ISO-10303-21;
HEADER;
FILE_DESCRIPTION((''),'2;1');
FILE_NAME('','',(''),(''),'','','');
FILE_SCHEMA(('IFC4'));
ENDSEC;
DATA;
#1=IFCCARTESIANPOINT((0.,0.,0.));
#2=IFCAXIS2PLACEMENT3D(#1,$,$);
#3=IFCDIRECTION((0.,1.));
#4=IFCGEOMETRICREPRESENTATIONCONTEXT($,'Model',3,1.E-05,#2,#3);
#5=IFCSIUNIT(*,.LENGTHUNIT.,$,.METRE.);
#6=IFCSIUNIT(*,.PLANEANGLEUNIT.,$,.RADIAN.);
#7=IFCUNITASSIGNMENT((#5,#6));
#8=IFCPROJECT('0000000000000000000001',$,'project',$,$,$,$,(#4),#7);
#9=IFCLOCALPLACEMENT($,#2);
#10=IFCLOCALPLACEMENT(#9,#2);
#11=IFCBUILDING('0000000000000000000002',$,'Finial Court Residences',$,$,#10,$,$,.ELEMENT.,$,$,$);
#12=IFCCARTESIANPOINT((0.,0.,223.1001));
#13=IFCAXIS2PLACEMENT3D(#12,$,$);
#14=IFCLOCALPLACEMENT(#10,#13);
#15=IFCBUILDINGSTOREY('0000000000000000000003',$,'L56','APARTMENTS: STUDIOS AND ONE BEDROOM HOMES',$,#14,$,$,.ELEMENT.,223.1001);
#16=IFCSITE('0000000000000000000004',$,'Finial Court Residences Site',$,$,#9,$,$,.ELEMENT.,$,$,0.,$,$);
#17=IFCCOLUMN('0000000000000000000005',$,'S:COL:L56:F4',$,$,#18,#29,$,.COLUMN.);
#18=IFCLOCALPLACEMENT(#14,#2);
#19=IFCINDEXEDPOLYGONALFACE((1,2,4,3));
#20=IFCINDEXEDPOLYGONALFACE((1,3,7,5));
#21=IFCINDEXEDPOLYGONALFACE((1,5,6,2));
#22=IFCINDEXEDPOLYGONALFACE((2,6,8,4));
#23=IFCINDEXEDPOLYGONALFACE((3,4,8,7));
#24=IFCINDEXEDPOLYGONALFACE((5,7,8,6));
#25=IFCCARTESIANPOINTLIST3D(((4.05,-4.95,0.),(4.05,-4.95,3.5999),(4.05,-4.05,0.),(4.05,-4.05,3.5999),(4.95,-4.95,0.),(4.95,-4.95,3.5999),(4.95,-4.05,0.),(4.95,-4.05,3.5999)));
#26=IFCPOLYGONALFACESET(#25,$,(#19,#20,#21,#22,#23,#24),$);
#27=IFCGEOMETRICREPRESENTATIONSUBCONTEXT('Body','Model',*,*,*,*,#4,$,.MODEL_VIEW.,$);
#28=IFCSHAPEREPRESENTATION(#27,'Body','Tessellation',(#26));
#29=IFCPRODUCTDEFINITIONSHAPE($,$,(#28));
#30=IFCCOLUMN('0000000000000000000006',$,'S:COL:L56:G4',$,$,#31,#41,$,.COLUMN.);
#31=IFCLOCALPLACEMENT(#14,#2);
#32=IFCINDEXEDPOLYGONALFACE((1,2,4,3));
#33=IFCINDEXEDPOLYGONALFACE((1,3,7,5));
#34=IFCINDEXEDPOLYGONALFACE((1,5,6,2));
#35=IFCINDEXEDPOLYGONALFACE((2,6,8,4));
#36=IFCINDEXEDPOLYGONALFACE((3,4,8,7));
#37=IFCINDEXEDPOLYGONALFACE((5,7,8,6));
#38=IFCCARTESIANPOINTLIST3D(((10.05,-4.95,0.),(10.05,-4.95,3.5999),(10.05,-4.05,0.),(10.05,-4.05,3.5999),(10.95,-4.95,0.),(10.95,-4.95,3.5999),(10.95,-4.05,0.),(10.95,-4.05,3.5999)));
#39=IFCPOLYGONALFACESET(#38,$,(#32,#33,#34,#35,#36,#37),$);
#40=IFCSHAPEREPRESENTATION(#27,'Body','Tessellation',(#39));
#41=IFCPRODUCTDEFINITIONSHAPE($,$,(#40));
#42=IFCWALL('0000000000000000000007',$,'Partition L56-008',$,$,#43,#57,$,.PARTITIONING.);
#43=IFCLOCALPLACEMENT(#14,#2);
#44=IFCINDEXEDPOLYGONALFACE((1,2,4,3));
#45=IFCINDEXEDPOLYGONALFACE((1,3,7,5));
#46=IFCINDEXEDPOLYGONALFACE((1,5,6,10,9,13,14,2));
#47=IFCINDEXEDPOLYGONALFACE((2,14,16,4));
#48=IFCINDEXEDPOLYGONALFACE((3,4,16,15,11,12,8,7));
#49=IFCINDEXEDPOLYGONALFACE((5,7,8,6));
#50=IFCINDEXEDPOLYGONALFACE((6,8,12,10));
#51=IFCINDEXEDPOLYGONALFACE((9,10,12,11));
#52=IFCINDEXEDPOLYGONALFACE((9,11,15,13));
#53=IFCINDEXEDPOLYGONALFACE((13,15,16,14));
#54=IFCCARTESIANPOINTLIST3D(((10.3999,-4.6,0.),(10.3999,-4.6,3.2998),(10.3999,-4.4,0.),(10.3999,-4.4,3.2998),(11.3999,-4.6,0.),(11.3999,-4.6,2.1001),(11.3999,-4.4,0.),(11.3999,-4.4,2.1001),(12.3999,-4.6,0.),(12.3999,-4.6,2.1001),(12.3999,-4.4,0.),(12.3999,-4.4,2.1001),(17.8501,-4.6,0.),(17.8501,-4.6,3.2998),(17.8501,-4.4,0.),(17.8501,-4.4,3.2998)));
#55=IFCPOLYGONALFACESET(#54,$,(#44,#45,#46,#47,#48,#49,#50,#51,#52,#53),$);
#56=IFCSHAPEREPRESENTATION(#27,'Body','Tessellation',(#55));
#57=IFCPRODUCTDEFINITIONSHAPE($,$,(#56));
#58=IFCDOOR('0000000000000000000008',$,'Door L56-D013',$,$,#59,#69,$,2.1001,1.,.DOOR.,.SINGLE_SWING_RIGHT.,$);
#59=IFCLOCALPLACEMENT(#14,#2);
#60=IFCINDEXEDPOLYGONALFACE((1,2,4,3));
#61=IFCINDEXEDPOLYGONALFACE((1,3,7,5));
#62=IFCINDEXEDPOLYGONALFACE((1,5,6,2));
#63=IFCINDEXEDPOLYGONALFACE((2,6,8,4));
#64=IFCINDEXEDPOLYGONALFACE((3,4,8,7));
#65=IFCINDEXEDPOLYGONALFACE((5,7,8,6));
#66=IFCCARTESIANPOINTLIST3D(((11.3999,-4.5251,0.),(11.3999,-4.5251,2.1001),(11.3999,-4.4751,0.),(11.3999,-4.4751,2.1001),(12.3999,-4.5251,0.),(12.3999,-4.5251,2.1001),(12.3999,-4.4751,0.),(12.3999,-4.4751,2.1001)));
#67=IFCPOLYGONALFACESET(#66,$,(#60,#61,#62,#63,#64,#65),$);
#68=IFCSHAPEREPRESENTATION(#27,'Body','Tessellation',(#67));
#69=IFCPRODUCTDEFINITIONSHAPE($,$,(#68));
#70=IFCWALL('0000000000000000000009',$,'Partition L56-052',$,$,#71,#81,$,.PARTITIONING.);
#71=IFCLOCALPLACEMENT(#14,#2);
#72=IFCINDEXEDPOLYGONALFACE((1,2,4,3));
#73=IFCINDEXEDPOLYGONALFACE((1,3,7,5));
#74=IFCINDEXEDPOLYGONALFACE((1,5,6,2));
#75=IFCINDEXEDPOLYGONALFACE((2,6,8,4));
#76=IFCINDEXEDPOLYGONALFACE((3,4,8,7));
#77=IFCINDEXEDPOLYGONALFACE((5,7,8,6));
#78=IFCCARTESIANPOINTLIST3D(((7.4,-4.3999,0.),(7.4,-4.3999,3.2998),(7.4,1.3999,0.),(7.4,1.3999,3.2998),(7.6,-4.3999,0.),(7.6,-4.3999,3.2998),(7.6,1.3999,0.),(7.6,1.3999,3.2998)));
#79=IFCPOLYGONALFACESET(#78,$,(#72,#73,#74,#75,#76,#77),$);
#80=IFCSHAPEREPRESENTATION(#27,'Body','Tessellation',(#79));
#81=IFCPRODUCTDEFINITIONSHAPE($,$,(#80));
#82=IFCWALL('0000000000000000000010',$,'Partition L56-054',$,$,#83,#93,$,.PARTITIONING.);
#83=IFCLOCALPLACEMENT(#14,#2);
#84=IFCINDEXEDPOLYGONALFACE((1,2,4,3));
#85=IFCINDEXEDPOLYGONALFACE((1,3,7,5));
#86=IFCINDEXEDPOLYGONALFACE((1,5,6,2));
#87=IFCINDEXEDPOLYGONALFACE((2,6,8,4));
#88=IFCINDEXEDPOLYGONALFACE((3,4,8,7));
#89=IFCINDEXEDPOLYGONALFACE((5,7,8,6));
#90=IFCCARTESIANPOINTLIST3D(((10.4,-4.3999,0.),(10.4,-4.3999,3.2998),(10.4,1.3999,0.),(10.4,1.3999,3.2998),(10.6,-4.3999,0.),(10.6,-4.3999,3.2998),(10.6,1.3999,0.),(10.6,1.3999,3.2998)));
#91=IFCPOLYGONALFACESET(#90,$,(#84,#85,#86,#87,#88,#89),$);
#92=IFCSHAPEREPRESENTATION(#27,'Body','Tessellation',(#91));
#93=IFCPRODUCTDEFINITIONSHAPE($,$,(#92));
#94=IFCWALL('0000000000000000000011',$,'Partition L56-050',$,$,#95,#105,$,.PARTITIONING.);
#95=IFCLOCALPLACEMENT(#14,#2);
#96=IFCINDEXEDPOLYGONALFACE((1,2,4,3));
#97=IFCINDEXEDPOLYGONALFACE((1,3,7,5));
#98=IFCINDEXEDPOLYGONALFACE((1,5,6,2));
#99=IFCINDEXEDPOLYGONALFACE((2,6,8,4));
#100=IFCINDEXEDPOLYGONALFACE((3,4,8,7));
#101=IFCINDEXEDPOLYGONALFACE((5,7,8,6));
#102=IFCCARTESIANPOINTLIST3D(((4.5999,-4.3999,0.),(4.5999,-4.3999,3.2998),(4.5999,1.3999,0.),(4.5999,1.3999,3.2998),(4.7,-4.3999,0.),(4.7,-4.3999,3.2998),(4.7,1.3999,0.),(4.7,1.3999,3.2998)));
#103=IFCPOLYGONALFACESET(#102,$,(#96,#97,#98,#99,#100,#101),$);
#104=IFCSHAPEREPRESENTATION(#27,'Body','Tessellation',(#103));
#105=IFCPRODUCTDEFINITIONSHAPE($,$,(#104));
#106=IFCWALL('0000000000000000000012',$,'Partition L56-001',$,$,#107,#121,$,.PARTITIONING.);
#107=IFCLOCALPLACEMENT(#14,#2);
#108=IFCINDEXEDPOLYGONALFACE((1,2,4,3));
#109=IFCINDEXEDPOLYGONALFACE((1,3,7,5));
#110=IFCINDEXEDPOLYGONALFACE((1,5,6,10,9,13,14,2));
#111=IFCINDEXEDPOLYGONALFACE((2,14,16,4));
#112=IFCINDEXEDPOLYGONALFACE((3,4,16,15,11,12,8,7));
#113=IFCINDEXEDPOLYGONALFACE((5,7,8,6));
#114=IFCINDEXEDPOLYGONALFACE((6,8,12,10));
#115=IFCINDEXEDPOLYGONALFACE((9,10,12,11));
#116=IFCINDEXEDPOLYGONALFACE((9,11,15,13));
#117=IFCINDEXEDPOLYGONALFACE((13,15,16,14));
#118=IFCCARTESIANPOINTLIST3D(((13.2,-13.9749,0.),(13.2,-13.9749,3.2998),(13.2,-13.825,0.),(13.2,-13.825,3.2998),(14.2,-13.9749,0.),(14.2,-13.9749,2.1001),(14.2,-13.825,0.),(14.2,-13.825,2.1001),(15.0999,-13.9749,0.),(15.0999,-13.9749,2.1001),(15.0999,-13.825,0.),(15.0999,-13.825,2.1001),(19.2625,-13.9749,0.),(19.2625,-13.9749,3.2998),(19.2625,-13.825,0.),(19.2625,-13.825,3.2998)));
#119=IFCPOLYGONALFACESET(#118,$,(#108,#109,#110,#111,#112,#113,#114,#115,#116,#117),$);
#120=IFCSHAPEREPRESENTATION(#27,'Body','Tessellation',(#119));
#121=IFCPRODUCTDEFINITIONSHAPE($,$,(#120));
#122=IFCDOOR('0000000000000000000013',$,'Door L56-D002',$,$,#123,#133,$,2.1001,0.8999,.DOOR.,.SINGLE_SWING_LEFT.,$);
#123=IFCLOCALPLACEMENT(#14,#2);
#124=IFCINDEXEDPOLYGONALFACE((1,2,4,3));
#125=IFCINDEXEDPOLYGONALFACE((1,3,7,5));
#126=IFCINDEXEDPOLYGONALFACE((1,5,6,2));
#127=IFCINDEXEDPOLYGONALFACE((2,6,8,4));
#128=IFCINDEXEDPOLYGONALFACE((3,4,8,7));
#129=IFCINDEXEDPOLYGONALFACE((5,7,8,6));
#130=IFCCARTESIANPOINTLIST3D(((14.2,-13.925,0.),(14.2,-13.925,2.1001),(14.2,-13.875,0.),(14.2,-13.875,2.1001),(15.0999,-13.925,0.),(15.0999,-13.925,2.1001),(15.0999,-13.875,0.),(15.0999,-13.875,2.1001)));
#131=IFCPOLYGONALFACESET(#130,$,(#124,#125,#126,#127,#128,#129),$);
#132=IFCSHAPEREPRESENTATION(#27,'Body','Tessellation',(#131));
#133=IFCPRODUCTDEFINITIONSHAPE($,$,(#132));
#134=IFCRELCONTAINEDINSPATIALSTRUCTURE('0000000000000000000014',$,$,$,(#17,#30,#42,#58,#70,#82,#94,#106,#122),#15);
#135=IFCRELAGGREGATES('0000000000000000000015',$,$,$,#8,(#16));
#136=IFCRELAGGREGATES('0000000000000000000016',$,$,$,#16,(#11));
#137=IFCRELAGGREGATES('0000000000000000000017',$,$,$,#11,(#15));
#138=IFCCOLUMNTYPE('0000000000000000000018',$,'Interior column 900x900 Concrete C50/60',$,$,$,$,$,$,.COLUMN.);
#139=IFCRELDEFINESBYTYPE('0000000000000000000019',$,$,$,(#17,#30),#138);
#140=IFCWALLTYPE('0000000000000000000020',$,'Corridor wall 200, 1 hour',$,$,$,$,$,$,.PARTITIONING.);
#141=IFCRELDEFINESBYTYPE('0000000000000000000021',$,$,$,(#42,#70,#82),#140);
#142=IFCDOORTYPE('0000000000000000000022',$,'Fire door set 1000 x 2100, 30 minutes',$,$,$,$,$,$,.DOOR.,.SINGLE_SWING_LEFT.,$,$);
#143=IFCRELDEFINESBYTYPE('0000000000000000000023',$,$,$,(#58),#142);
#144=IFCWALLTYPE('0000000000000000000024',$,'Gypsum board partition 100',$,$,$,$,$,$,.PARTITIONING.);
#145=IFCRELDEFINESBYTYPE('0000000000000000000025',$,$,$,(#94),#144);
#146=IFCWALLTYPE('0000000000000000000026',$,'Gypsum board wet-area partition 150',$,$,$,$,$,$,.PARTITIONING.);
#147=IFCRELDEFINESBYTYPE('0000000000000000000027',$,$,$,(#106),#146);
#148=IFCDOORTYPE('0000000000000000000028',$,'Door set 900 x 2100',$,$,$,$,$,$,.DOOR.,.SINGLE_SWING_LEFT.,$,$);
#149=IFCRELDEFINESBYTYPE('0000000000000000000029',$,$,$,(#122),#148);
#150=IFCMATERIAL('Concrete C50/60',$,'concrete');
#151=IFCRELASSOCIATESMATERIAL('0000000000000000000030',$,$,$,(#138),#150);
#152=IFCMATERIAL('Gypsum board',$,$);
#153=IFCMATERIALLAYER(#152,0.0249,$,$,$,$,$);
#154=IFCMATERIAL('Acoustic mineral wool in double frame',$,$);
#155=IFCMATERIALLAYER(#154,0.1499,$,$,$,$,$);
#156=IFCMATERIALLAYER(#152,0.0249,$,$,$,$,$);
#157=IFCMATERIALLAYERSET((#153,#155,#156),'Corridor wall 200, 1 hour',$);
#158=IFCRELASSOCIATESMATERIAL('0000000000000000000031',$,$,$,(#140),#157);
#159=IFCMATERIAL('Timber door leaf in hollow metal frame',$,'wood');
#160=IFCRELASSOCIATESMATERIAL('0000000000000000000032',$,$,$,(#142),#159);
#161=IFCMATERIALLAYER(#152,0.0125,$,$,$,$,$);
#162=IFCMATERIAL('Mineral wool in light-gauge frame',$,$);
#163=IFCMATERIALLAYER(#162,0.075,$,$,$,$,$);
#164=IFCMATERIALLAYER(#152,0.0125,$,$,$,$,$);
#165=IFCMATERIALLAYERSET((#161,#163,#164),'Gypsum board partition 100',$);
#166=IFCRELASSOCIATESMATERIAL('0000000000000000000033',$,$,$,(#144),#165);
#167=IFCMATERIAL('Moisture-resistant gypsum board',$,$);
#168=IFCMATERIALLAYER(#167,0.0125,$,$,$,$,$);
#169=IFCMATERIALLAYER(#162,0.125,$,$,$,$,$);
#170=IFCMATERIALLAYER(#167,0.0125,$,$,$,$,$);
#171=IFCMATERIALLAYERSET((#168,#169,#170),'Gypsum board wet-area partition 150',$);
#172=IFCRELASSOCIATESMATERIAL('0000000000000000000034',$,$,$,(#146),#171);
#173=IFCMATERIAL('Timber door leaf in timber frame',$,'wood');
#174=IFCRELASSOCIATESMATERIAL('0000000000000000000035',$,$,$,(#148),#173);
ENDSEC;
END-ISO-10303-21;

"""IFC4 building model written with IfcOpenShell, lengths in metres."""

from ifc_helpers import new_model, si_unit, direction, frame, frame_2d, origin, origin_2d, place, context, subcontext, project, spatial, rectangle, extrude, material, layer, layer_set, material_profile, profile_set, type_object, element, fill, save


model = new_model("IFC4")

# Units and contexts
model_context = context("Model", 3, precision=1e-05, world=origin(), true_north=direction((0.0, 1.0)))
body_context = subcontext(model_context, "Body", "Model", "MODEL_VIEW")
ifc_project = project(units=[si_unit("LENGTHUNIT", "METRE"), si_unit("PLANEANGLEUNIT", "RADIAN")], contexts=[model_context])

# Site, building, storey
site_placement = place(None, origin())
site = spatial("IfcSite", under=ifc_project, at=site_placement, Name="Finial Court Residences Site", CompositionType="ELEMENT", RefElevation=0.0)
building_placement = place(site_placement, origin())
building = spatial("IfcBuilding", under=site, at=building_placement, Name="Finial Court Residences", CompositionType="ELEMENT")
storey_placement = place(building_placement, frame((0.0, 0.0, 223.1001)))
storey = spatial("IfcBuildingStorey", under=building, at=storey_placement, Name="L56", Description="APARTMENTS: STUDIOS AND ONE BEDROOM HOMES", CompositionType="ELEMENT", Elevation=223.1001)

# Columns
ifc_material_1 = material(Name="Concrete C50/60", Category="concrete")
ifc_material_profile = material_profile(ifc_material_1, rectangle(XDim=0.8999, YDim=0.8999, at=origin_2d()), Name="900x900")
ifc_profile_set = profile_set([ifc_material_profile], Name="Concrete C50/60")
column_type = type_object("IfcColumnType", Name="Interior column 900x900 Concrete C50/60", PredefinedType="COLUMN", material=ifc_profile_set)
for number, where, z_axis, x_axis, name in (
    (1, (4.5, -4.5, 0.0), (0.0, 0.0, 1.0), (1.0, 0.0, 0.0), "S:COL:L56:F4"),
    (2, (10.5, -4.5, 0.0), (0.0, 0.0, 1.0), (1.0, 0.0, 0.0), "S:COL:L56:G4"),
):
    element("IfcColumn", number, at=place(storey_placement, frame(where, z_axis=z_axis, x_axis=x_axis)), inside=storey, type_object=column_type, Name=name, PredefinedType="COLUMN", context=body_context, shape_type="SweptSolid", body=[
        extrude(rectangle(XDim=0.8999, YDim=0.8999, at=origin_2d()), origin(), (0.0, 0.0, 1.0), 3.5999),
    ])

# Wall, opening, door
ifc_material_2 = material(Name="Gypsum board")
ifc_layer_1 = layer(ifc_material_2, 0.0249)
ifc_material_3 = material(Name="Acoustic mineral wool in double frame")
ifc_layer_2 = layer(ifc_material_3, 0.1499)
ifc_layer_3 = layer(ifc_material_2, 0.0249)
ifc_layer_set_1 = layer_set([ifc_layer_1, ifc_layer_2, ifc_layer_3], Name="Corridor wall 200, 1 hour")
wall_type_1 = type_object("IfcWallType", Name="Corridor wall 200, 1 hour", PredefinedType="PARTITIONING", material=ifc_layer_set_1)
wall_1_placement = place(storey_placement, frame((10.3999, -4.5, 0.0), z_axis=(0.0, 0.0, 1.0), x_axis=(1.0, 0.0, 0.0)))
wall_1 = element("IfcWall", 3, at=wall_1_placement, inside=storey, type_object=wall_type_1, Name="Partition L56-008", PredefinedType="PARTITIONING", context=body_context, shape_type="SweptSolid", body=[
    extrude(rectangle(XDim=7.4502, YDim=0.2, at=frame_2d((3.7251, 0.0))), origin(), (0.0, 0.0, 1.0), 3.2998),
])
opening_1_placement = place(wall_1_placement, frame((1.0, 0.0, 0.0)))
opening_1 = element("IfcOpeningElement", 4, at=opening_1_placement, cuts=wall_1, PredefinedType="OPENING", context=body_context, shape_type="SweptSolid", body=[
    extrude(rectangle(XDim=1.0, YDim=2.1001, at=frame_2d((0.5, 1.05))), frame((0.0, 0.1099, 0.0), z_axis=(0.0, -1.0, 0.0), x_axis=(1.0, 0.0, 0.0)), (0.0, 0.0, 1.0), 0.22),
])
ifc_material_4 = material(Name="Timber door leaf in hollow metal frame", Category="wood")
door_type_1 = type_object("IfcDoorType", Name="Fire door set 1000 x 2100, 30 minutes", OperationType="SINGLE_SWING_LEFT", PredefinedType="DOOR", material=ifc_material_4)
door_1_placement = place(opening_1_placement, origin())
door_1 = element("IfcDoor", 5, at=door_1_placement, inside=storey, type_object=door_type_1, Name="Door L56-D013", OperationType="SINGLE_SWING_RIGHT", OverallHeight=2.1001, OverallWidth=1.0, PredefinedType="DOOR", context=body_context, shape_type="SweptSolid", body=[
    extrude(rectangle(XDim=1.0, YDim=2.1001, at=frame_2d((0.5, 1.05))), frame((0.0, 0.0249, 0.0), z_axis=(0.0, -1.0, 0.0), x_axis=(1.0, 0.0, 0.0)), (0.0, 0.0, 1.0), 0.05),
])
fill(opening_1, door_1)

# Walls
for number, where, z_axis, x_axis, name in (
    (6, (7.5, -4.3999, 0.0), (0.0, 0.0, 1.0), (0.0, 1.0, 0.0), "Partition L56-052"),
    (7, (10.5, -4.3999, 0.0), (0.0, 0.0, 1.0), (0.0, 1.0, 0.0), "Partition L56-054"),
):
    element("IfcWall", number, at=place(storey_placement, frame(where, z_axis=z_axis, x_axis=x_axis)), inside=storey, type_object=wall_type_1, Name=name, PredefinedType="PARTITIONING", context=body_context, shape_type="SweptSolid", body=[
        extrude(rectangle(XDim=5.7998, YDim=0.2, at=frame_2d((2.8999, 0.0))), origin(), (0.0, 0.0, 1.0), 3.2998),
    ])
ifc_layer_4 = layer(ifc_material_2, 0.0125)
ifc_material_5 = material(Name="Mineral wool in light-gauge frame")
ifc_layer_5 = layer(ifc_material_5, 0.075)
ifc_layer_6 = layer(ifc_material_2, 0.0125)
ifc_layer_set_2 = layer_set([ifc_layer_4, ifc_layer_5, ifc_layer_6], Name="Gypsum board partition 100")
wall_type_2 = type_object("IfcWallType", Name="Gypsum board partition 100", PredefinedType="PARTITIONING", material=ifc_layer_set_2)
wall_2_placement = place(storey_placement, frame((4.6499, -4.3999, 0.0), z_axis=(0.0, 0.0, 1.0), x_axis=(0.0, 1.0, 0.0)))
element("IfcWall", 8, at=wall_2_placement, inside=storey, type_object=wall_type_2, Name="Partition L56-050", PredefinedType="PARTITIONING", context=body_context, shape_type="SweptSolid", body=[
    extrude(rectangle(XDim=5.7998, YDim=0.1001, at=frame_2d((2.8999, 0.0))), origin(), (0.0, 0.0, 1.0), 3.2998),
])

# Wall, opening, door
ifc_material_6 = material(Name="Moisture-resistant gypsum board")
ifc_layer_7 = layer(ifc_material_6, 0.0125)
ifc_layer_8 = layer(ifc_material_5, 0.125)
ifc_layer_9 = layer(ifc_material_6, 0.0125)
ifc_layer_set_3 = layer_set([ifc_layer_7, ifc_layer_8, ifc_layer_9], Name="Gypsum board wet-area partition 150")
wall_type_3 = type_object("IfcWallType", Name="Gypsum board wet-area partition 150", PredefinedType="PARTITIONING", material=ifc_layer_set_3)
wall_3_placement = place(storey_placement, frame((13.2, -13.8999, 0.0), z_axis=(0.0, 0.0, 1.0), x_axis=(1.0, 0.0, 0.0)))
wall_3 = element("IfcWall", 9, at=wall_3_placement, inside=storey, type_object=wall_type_3, Name="Partition L56-001", PredefinedType="PARTITIONING", context=body_context, shape_type="SweptSolid", body=[
    extrude(rectangle(XDim=6.0625, YDim=0.1499, at=frame_2d((3.0312, 0.0))), origin(), (0.0, 0.0, 1.0), 3.2998),
])
opening_2_placement = place(wall_3_placement, frame((1.0, 0.0, 0.0)))
opening_2 = element("IfcOpeningElement", 10, at=opening_2_placement, cuts=wall_3, PredefinedType="OPENING", context=body_context, shape_type="SweptSolid", body=[
    extrude(rectangle(XDim=0.8999, YDim=2.1001, at=frame_2d((0.45, 1.05))), frame((0.0, 0.085, 0.0), z_axis=(0.0, -1.0, 0.0), x_axis=(1.0, 0.0, 0.0)), (0.0, 0.0, 1.0), 0.1699),
])
ifc_material_7 = material(Name="Timber door leaf in timber frame", Category="wood")
door_type_2 = type_object("IfcDoorType", Name="Door set 900 x 2100", OperationType="SINGLE_SWING_LEFT", PredefinedType="DOOR", material=ifc_material_7)
door_2_placement = place(opening_2_placement, origin())
door_2 = element("IfcDoor", 11, at=door_2_placement, inside=storey, type_object=door_type_2, Name="Door L56-D002", OperationType="SINGLE_SWING_LEFT", OverallHeight=2.1001, OverallWidth=0.8999, PredefinedType="DOOR", context=body_context, shape_type="SweptSolid", body=[
    extrude(rectangle(XDim=0.8999, YDim=2.1001, at=frame_2d((0.45, 1.05))), frame((0.0, 0.0249, 0.0), z_axis=(0.0, -1.0, 0.0), x_axis=(1.0, 0.0, 0.0)), (0.0, 0.0, 1.0), 0.05),
])
fill(opening_2, door_2)

save(model, "model.ifc")
